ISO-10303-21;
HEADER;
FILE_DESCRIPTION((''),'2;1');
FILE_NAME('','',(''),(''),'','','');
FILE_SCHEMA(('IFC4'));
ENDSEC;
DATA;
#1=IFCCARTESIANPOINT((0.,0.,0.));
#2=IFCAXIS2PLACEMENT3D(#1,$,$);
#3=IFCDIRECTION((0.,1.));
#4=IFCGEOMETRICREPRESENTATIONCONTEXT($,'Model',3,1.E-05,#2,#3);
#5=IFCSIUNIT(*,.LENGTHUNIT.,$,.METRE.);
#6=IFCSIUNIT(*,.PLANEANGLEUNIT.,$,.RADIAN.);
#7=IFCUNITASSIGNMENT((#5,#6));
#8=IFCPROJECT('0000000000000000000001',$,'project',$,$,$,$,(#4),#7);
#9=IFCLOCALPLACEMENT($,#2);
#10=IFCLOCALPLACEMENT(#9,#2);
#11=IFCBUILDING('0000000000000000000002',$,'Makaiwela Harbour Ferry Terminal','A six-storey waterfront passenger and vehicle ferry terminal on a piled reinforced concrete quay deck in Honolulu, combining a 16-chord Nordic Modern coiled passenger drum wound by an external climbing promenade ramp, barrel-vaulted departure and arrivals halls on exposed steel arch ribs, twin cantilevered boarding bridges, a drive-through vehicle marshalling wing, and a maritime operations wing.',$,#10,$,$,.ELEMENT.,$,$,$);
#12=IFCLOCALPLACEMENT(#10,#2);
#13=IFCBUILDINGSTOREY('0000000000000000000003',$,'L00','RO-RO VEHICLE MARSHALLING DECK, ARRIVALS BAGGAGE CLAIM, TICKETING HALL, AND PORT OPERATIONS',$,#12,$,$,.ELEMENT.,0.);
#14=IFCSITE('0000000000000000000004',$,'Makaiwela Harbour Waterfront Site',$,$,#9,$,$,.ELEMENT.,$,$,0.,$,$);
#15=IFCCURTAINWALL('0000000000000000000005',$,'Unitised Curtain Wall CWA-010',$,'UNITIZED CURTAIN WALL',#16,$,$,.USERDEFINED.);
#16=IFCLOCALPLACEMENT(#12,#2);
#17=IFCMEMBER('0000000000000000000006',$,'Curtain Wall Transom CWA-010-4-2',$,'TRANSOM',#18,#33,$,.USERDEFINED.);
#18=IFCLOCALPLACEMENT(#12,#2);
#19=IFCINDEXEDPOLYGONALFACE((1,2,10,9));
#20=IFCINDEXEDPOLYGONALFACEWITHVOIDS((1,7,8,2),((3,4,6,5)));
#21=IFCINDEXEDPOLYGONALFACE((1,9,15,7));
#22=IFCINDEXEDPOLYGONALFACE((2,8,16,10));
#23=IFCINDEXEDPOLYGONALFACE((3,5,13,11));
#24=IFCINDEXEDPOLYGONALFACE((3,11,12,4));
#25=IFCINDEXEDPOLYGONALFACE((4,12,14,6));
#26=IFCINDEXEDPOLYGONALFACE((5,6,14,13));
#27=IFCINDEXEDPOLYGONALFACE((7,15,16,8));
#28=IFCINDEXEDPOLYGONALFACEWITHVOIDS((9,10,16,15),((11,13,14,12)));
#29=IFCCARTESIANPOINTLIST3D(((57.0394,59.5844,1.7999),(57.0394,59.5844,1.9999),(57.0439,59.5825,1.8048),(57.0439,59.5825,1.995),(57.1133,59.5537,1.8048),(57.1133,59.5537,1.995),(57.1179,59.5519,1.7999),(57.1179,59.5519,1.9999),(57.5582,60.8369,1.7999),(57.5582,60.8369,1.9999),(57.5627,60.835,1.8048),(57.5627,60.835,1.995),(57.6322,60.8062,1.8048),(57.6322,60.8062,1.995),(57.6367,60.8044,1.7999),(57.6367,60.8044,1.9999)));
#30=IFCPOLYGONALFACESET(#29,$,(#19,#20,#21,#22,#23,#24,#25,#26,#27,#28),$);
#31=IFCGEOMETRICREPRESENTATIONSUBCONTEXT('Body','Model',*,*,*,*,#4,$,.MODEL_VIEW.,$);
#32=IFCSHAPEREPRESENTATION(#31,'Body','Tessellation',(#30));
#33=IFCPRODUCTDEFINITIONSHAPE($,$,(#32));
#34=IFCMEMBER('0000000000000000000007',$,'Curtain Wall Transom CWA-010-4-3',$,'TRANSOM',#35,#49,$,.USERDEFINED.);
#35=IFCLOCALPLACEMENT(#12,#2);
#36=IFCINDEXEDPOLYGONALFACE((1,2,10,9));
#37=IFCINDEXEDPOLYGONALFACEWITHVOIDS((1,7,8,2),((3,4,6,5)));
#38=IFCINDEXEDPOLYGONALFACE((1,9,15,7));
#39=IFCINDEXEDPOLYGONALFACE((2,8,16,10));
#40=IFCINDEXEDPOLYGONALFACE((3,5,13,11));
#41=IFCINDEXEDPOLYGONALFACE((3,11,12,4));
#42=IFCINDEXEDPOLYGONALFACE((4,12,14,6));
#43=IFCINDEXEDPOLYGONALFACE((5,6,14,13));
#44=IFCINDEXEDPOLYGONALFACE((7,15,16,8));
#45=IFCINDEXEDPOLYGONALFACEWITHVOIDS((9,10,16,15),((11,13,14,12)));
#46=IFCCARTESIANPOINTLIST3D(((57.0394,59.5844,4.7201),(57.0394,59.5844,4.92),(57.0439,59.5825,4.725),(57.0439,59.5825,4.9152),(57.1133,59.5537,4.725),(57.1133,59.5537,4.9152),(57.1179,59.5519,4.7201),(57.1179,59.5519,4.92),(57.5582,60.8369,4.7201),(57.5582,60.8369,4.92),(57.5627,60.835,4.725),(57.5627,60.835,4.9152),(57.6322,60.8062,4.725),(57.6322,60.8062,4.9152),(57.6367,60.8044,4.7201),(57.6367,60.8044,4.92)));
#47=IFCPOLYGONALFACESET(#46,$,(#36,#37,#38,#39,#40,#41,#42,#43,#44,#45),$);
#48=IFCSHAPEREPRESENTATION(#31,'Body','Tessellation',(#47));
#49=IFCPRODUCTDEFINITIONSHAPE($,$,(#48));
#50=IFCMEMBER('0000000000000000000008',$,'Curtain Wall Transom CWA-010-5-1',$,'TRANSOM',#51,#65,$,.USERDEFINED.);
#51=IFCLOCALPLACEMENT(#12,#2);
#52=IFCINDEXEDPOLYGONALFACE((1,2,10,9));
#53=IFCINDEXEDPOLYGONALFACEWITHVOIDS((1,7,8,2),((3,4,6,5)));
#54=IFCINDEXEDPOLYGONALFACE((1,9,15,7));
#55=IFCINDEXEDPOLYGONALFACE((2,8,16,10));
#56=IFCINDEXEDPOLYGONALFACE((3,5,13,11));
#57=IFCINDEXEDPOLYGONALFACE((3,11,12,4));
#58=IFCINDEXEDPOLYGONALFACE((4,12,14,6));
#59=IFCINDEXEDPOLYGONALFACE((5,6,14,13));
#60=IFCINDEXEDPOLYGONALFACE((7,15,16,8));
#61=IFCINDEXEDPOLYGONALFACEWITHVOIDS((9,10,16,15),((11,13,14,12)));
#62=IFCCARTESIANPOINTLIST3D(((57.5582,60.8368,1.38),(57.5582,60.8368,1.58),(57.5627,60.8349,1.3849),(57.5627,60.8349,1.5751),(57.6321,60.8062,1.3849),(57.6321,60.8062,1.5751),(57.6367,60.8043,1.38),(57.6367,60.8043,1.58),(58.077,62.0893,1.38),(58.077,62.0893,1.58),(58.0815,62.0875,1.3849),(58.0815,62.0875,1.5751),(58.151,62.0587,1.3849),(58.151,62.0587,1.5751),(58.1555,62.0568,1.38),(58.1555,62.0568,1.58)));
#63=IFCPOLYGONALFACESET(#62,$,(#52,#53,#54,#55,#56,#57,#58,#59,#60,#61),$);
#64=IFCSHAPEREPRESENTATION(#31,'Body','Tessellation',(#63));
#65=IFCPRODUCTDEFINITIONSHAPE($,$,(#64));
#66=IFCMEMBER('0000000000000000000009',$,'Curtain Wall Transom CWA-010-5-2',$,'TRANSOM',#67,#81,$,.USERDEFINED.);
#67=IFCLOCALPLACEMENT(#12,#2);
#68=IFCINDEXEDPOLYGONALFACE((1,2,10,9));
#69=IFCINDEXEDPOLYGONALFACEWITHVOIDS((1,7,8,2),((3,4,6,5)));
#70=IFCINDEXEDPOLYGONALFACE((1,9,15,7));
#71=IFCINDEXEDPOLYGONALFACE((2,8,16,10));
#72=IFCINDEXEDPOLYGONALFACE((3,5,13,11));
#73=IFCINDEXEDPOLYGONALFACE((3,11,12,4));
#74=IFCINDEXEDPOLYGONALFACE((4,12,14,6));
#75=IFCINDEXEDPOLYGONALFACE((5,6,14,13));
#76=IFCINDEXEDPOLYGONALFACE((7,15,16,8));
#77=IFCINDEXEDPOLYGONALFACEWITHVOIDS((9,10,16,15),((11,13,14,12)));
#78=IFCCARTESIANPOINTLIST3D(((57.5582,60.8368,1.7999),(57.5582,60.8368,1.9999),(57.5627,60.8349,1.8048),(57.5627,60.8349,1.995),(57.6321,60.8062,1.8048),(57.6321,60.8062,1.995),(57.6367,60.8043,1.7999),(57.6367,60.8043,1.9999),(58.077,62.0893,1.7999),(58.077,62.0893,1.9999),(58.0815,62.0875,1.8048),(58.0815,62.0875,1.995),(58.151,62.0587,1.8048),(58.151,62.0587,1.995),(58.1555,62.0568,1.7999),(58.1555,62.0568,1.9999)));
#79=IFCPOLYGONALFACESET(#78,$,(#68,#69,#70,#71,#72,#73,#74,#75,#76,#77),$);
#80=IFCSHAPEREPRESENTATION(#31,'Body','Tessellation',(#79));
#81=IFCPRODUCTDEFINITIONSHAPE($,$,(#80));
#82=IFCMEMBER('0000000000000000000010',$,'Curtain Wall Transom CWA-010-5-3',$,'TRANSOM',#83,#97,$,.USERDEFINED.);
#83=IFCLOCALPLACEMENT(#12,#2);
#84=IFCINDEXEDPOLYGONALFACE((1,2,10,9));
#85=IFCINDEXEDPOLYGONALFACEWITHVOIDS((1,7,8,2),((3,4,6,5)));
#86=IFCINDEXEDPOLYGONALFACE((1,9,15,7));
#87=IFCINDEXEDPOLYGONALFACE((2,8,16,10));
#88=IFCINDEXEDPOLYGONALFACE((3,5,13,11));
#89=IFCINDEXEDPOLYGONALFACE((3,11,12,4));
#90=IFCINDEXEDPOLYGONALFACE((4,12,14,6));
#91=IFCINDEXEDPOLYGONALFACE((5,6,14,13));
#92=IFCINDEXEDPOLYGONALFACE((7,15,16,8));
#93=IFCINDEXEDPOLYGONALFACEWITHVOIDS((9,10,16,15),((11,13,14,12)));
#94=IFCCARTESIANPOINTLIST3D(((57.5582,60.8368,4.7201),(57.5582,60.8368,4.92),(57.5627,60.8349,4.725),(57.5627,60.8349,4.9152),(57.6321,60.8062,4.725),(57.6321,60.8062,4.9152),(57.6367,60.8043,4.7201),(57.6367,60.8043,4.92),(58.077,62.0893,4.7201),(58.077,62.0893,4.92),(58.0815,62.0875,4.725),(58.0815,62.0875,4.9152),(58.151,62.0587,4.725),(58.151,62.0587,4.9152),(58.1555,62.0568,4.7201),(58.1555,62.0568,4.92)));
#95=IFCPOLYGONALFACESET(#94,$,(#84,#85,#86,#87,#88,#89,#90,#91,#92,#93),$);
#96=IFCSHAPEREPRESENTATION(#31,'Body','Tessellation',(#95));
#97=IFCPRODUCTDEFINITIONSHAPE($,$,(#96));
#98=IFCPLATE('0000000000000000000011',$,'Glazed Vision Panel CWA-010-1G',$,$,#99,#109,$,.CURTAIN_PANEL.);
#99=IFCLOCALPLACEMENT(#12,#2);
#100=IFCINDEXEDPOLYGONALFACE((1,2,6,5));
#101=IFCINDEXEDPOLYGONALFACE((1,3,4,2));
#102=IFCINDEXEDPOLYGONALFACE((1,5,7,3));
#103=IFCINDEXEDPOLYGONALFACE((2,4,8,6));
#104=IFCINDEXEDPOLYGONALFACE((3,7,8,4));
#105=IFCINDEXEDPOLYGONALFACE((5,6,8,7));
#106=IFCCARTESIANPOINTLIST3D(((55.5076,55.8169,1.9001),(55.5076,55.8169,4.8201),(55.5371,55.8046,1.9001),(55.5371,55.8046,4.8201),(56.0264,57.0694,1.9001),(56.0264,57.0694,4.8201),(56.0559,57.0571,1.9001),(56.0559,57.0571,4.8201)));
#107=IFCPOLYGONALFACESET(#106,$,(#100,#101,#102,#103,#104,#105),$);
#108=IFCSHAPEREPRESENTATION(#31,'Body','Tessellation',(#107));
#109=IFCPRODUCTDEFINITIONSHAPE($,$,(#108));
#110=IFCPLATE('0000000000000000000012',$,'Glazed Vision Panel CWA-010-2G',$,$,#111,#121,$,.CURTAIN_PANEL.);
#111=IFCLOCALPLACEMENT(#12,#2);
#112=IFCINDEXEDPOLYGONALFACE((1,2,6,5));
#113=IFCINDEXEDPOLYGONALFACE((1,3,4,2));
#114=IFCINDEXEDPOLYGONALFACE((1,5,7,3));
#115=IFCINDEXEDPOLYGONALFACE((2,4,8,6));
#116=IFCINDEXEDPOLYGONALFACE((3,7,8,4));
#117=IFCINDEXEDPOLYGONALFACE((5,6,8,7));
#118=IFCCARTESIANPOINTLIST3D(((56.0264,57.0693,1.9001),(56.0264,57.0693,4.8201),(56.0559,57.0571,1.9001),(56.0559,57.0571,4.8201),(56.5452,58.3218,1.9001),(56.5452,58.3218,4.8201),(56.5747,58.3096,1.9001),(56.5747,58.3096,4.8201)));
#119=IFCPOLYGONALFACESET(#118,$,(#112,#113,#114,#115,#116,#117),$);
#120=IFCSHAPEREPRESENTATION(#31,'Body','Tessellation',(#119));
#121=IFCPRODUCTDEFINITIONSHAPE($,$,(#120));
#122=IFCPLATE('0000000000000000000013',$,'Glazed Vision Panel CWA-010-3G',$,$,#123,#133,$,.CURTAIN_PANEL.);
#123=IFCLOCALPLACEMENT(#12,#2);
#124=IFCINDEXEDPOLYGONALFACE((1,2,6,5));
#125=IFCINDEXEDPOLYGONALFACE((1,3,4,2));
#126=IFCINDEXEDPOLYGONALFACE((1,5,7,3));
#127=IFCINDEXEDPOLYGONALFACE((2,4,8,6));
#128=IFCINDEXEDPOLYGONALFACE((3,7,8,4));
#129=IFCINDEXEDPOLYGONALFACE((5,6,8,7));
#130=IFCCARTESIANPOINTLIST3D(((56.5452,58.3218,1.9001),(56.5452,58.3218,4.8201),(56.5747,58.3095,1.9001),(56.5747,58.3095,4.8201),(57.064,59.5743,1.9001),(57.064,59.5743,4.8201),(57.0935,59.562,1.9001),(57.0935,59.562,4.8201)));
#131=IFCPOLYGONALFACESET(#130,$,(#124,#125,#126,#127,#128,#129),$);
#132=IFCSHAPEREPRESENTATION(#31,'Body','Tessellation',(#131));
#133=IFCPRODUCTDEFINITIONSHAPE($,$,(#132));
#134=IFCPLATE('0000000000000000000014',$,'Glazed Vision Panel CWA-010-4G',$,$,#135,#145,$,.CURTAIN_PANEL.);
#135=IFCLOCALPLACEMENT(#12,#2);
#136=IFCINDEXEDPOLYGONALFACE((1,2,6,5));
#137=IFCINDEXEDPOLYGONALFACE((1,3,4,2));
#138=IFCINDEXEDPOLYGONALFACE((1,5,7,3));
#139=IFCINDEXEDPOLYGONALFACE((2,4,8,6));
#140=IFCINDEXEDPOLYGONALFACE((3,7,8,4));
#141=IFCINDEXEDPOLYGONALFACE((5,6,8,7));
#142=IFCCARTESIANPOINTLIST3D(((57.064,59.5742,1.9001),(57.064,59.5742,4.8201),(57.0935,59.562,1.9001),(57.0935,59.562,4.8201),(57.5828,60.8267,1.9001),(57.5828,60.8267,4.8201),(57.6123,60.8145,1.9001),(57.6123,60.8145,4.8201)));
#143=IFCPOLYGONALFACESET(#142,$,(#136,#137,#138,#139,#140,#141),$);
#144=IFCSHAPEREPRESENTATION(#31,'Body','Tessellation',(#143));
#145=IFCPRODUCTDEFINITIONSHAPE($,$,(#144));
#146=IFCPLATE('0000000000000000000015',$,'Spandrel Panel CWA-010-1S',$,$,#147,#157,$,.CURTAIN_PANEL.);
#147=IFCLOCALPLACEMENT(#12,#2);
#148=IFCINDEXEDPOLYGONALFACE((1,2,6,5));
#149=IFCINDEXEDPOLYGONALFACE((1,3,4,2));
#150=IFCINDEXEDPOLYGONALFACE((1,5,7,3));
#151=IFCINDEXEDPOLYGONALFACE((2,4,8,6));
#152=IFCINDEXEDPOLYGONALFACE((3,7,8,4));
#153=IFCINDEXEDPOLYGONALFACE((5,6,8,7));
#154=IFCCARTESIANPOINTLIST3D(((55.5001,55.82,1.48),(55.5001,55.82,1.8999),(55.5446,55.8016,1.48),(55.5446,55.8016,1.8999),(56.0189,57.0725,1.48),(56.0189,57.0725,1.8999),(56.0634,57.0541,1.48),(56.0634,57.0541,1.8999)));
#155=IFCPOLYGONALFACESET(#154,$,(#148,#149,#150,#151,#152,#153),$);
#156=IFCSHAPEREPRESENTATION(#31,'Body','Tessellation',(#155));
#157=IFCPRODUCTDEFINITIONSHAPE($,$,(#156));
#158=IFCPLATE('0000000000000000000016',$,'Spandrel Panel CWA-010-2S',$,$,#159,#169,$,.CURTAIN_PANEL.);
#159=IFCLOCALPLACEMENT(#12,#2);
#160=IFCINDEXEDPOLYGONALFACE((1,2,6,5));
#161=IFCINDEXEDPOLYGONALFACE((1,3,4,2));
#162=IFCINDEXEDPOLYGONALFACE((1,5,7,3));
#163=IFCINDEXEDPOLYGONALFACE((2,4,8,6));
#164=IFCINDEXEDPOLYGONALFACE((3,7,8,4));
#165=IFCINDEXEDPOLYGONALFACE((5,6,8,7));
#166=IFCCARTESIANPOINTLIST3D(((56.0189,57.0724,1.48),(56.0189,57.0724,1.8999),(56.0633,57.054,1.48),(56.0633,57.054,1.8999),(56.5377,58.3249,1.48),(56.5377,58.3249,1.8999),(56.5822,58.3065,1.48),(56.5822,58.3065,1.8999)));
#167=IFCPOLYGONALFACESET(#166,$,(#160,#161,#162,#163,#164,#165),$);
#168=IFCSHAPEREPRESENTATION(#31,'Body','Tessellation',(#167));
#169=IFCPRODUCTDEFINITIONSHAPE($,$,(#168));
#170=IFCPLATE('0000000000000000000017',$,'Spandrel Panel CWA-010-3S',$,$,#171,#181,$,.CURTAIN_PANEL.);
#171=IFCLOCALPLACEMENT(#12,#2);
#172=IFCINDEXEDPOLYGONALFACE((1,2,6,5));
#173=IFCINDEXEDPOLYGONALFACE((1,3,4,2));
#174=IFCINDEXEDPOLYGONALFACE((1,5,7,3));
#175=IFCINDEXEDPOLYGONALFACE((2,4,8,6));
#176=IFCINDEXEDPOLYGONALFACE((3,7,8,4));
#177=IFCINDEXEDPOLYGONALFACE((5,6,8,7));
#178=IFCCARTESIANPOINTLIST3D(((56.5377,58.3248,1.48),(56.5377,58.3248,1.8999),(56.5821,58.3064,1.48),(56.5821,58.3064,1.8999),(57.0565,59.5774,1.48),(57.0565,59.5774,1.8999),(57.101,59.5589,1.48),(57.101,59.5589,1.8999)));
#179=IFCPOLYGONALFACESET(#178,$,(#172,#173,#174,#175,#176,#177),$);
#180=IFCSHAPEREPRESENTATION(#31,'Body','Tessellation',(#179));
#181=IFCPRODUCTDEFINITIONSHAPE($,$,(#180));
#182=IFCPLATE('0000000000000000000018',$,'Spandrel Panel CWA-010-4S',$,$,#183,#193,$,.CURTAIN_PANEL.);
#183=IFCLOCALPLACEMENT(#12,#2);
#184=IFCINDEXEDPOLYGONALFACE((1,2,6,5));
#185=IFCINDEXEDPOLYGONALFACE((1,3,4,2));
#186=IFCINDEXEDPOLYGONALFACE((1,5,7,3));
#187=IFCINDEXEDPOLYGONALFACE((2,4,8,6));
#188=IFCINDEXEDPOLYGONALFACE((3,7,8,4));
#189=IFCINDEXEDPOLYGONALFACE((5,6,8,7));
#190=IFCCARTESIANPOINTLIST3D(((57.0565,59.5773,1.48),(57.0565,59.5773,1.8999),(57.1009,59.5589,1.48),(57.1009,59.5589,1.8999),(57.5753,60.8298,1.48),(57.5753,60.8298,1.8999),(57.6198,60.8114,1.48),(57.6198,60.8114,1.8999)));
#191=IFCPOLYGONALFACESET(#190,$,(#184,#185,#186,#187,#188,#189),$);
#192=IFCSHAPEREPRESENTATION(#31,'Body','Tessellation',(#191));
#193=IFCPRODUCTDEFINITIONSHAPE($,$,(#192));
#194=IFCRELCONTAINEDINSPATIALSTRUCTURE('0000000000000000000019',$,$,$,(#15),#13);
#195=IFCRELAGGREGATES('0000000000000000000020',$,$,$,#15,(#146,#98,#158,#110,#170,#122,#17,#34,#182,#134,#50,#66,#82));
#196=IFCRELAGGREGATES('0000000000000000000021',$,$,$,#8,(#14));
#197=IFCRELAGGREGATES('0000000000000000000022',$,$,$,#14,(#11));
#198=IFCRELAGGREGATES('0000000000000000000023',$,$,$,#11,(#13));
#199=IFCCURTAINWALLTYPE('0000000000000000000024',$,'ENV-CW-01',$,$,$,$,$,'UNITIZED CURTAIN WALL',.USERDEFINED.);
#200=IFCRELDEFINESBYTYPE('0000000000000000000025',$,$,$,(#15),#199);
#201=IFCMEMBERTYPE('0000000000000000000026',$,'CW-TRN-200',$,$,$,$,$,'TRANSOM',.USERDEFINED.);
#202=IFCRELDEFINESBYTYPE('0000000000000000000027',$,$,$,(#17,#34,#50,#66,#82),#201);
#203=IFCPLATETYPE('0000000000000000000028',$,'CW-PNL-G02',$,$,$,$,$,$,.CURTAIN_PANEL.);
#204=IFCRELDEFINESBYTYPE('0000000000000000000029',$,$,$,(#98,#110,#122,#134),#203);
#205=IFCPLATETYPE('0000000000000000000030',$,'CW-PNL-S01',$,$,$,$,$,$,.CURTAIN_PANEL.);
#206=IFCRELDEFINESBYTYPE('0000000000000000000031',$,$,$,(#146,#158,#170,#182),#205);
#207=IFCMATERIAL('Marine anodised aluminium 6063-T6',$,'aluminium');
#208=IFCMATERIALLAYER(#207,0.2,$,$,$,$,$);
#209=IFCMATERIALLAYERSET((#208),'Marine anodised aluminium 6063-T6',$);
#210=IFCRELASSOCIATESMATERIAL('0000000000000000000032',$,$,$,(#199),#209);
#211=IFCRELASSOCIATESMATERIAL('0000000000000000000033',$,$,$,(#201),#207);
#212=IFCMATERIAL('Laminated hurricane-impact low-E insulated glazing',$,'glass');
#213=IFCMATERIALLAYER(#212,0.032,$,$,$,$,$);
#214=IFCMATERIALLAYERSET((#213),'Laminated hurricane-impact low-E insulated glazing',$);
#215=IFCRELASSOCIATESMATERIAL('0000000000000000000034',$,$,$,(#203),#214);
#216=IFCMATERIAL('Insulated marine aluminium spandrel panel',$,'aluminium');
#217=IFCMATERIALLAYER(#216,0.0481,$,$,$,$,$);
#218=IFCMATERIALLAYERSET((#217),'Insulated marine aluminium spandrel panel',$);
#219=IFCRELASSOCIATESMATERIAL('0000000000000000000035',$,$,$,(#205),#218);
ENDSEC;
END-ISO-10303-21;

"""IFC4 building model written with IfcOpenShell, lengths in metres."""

from ifc_helpers import new_model, si_unit, direction, frame, origin, origin_2d, place, context, subcontext, project, spatial, rectangle, hollow_rectangle, extrude, material, layer, layer_set, material_profile, profile_set, type_object, element, aggregate, save


model = new_model("IFC4")

# Units and contexts
model_context = context("Model", 3, precision=1e-05, world=origin(), true_north=direction((0.0, 1.0)))
body_context = subcontext(model_context, "Body", "Model", "MODEL_VIEW")
ifc_project = project(units=[si_unit("LENGTHUNIT", "METRE"), si_unit("PLANEANGLEUNIT", "RADIAN")], contexts=[model_context])

# Site, building, storey
site_placement = place(None, origin())
site = spatial("IfcSite", under=ifc_project, at=site_placement, Name="Makaiwela Harbour Waterfront Site", CompositionType="ELEMENT", RefElevation=0.0)
building_placement = place(site_placement, origin())
building = spatial("IfcBuilding", under=site, at=building_placement, Name="Makaiwela Harbour Ferry Terminal", Description="A six-storey waterfront passenger and vehicle ferry terminal on a piled reinforced concrete quay deck in Honolulu, combining a 16-chord Nordic Modern coiled passenger drum wound by an external climbing promenade ramp, barrel-vaulted departure and arrivals halls on exposed steel arch ribs, twin cantilevered boarding bridges, a drive-through vehicle marshalling wing, and a maritime operations wing.", CompositionType="ELEMENT")
storey_placement = place(building_placement, origin())
storey = spatial("IfcBuildingStorey", under=building, at=storey_placement, Name="L00", Description="RO-RO VEHICLE MARSHALLING DECK, ARRIVALS BAGGAGE CLAIM, TICKETING HALL, AND PORT OPERATIONS", CompositionType="ELEMENT", Elevation=0.0)

# Curtain wall, members, plates
ifc_material_1 = material(Name="Marine anodised aluminium 6063-T6", Category="aluminium")
ifc_layer_1 = layer(ifc_material_1, 0.2)
ifc_layer_set_1 = layer_set([ifc_layer_1], Name="Marine anodised aluminium 6063-T6")
curtain_wall_type = type_object("IfcCurtainWallType", Name="ENV-CW-01", ElementType="UNITIZED CURTAIN WALL", PredefinedType="USERDEFINED", material=ifc_layer_set_1)
curtain_wall_placement = place(storey_placement, origin())
curtain_wall = element("IfcCurtainWall", 1, at=curtain_wall_placement, inside=storey, type_object=curtain_wall_type, Name="Unitised Curtain Wall CWA-010", ObjectType="UNITIZED CURTAIN WALL", PredefinedType="USERDEFINED")
ifc_material_profile_1 = material_profile(ifc_material_1, hollow_rectangle(XDim=0.085, YDim=0.2, WallThickness=0.0049, at=origin_2d()), Name="CWT-200X85")
ifc_profile_set_1 = profile_set([ifc_material_profile_1], Name="Marine anodised aluminium 6063-T6")
member_type_1 = type_object("IfcMemberType", Name="CW-TRN-200", ElementType="TRANSOM", PredefinedType="USERDEFINED", material=ifc_profile_set_1)
member_1_placement = place(storey_placement, frame((57.0786, 59.5681, 1.8999), z_axis=(0.382696, 0.923874, 0.0), x_axis=(-0.923874, 0.382696, 0.0)))
member_1 = element("IfcMember", 2, at=member_1_placement, type_object=member_type_1, Name="Curtain Wall Transom CWA-010-4-2", ObjectType="TRANSOM", PredefinedType="USERDEFINED", context=body_context, shape_type="SweptSolid", body=[
    extrude(hollow_rectangle(XDim=0.085, YDim=0.2, WallThickness=0.0049, at=origin_2d()), origin(), (0.0, 0.0, 1.0), 1.3557),
])
member_2_placement = place(storey_placement, frame((57.0786, 59.5681, 4.8201), z_axis=(0.382696, 0.923874, 0.0), x_axis=(-0.923874, 0.382696, 0.0)))
member_2 = element("IfcMember", 3, at=member_2_placement, type_object=member_type_1, Name="Curtain Wall Transom CWA-010-4-3", ObjectType="TRANSOM", PredefinedType="USERDEFINED", context=body_context, shape_type="SweptSolid", body=[
    extrude(hollow_rectangle(XDim=0.085, YDim=0.2, WallThickness=0.0049, at=origin_2d()), origin(), (0.0, 0.0, 1.0), 1.3557),
])
member_3_placement = place(storey_placement, frame((57.5974, 60.8206, 1.48), z_axis=(0.382696, 0.923874, 0.0), x_axis=(-0.923874, 0.382696, 0.0)))
member_3 = element("IfcMember", 4, at=member_3_placement, type_object=member_type_1, Name="Curtain Wall Transom CWA-010-5-1", ObjectType="TRANSOM", PredefinedType="USERDEFINED", context=body_context, shape_type="SweptSolid", body=[
    extrude(hollow_rectangle(XDim=0.085, YDim=0.2, WallThickness=0.0049, at=origin_2d()), origin(), (0.0, 0.0, 1.0), 1.3557),
])
member_4_placement = place(storey_placement, frame((57.5974, 60.8206, 1.8999), z_axis=(0.382696, 0.923874, 0.0), x_axis=(-0.923874, 0.382696, 0.0)))
member_4 = element("IfcMember", 5, at=member_4_placement, type_object=member_type_1, Name="Curtain Wall Transom CWA-010-5-2", ObjectType="TRANSOM", PredefinedType="USERDEFINED", context=body_context, shape_type="SweptSolid", body=[
    extrude(hollow_rectangle(XDim=0.085, YDim=0.2, WallThickness=0.0049, at=origin_2d()), origin(), (0.0, 0.0, 1.0), 1.3557),
])
member_5_placement = place(storey_placement, frame((57.5974, 60.8206, 4.8201), z_axis=(0.382696, 0.923874, 0.0), x_axis=(-0.923874, 0.382696, 0.0)))
member_5 = element("IfcMember", 6, at=member_5_placement, type_object=member_type_1, Name="Curtain Wall Transom CWA-010-5-3", ObjectType="TRANSOM", PredefinedType="USERDEFINED", context=body_context, shape_type="SweptSolid", body=[
    extrude(hollow_rectangle(XDim=0.085, YDim=0.2, WallThickness=0.0049, at=origin_2d()), origin(), (0.0, 0.0, 1.0), 1.3557),
])
ifc_material_2 = material(Name="Laminated hurricane-impact low-E insulated glazing", Category="glass")
ifc_layer_2 = layer(ifc_material_2, 0.032)
ifc_layer_set_2 = layer_set([ifc_layer_2], Name="Laminated hurricane-impact low-E insulated glazing")
plate_type_1 = type_object("IfcPlateType", Name="CW-PNL-G02", PredefinedType="CURTAIN_PANEL", material=ifc_layer_set_2)
plate_1_placement = place(storey_placement, frame((55.7817, 56.437, 1.9001), z_axis=(0.0, 0.0, 1.0), x_axis=(0.382683, 0.92388, 0.0)))
plate_1 = element("IfcPlate", 7, at=plate_1_placement, type_object=plate_type_1, Name="Glazed Vision Panel CWA-010-1G", PredefinedType="CURTAIN_PANEL", context=body_context, shape_type="SweptSolid", body=[
    extrude(rectangle(XDim=1.3557, YDim=0.032, at=origin_2d()), origin(), (0.0, 0.0, 1.0), 2.9199),
])
plate_2_placement = place(storey_placement, frame((56.3005, 57.6895, 1.9001), z_axis=(0.0, 0.0, 1.0), x_axis=(0.382683, 0.92388, 0.0)))
plate_2 = element("IfcPlate", 8, at=plate_2_placement, type_object=plate_type_1, Name="Glazed Vision Panel CWA-010-2G", PredefinedType="CURTAIN_PANEL", context=body_context, shape_type="SweptSolid", body=[
    extrude(rectangle(XDim=1.3557, YDim=0.032, at=origin_2d()), origin(), (0.0, 0.0, 1.0), 2.9199),
])
plate_3_placement = place(storey_placement, frame((56.8193, 58.9419, 1.9001), z_axis=(0.0, 0.0, 1.0), x_axis=(0.382683, 0.92388, 0.0)))
plate_3 = element("IfcPlate", 9, at=plate_3_placement, type_object=plate_type_1, Name="Glazed Vision Panel CWA-010-3G", PredefinedType="CURTAIN_PANEL", context=body_context, shape_type="SweptSolid", body=[
    extrude(rectangle(XDim=1.3557, YDim=0.032, at=origin_2d()), origin(), (0.0, 0.0, 1.0), 2.9199),
])
plate_4_placement = place(storey_placement, frame((57.3381, 60.1943, 1.9001), z_axis=(0.0, 0.0, 1.0), x_axis=(0.382683, 0.92388, 0.0)))
plate_4 = element("IfcPlate", 10, at=plate_4_placement, type_object=plate_type_1, Name="Glazed Vision Panel CWA-010-4G", PredefinedType="CURTAIN_PANEL", context=body_context, shape_type="SweptSolid", body=[
    extrude(rectangle(XDim=1.3557, YDim=0.032, at=origin_2d()), origin(), (0.0, 0.0, 1.0), 2.9199),
])
ifc_material_3 = material(Name="Insulated marine aluminium spandrel panel", Category="aluminium")
ifc_layer_3 = layer(ifc_material_3, 0.0481)
ifc_layer_set_3 = layer_set([ifc_layer_3], Name="Insulated marine aluminium spandrel panel")
plate_type_2 = type_object("IfcPlateType", Name="CW-PNL-S01", PredefinedType="CURTAIN_PANEL", material=ifc_layer_set_3)
plate_5_placement = place(storey_placement, frame((55.7817, 56.437, 1.48), z_axis=(0.0, 0.0, 1.0), x_axis=(0.382683, 0.92388, 0.0)))
plate_5 = element("IfcPlate", 11, at=plate_5_placement, type_object=plate_type_2, Name="Spandrel Panel CWA-010-1S", PredefinedType="CURTAIN_PANEL", context=body_context, shape_type="SweptSolid", body=[
    extrude(rectangle(XDim=1.3557, YDim=0.0481, at=origin_2d()), origin(), (0.0, 0.0, 1.0), 0.4199),
])
plate_6_placement = place(storey_placement, frame((56.3005, 57.6895, 1.48), z_axis=(0.0, 0.0, 1.0), x_axis=(0.382683, 0.92388, 0.0)))
plate_6 = element("IfcPlate", 12, at=plate_6_placement, type_object=plate_type_2, Name="Spandrel Panel CWA-010-2S", PredefinedType="CURTAIN_PANEL", context=body_context, shape_type="SweptSolid", body=[
    extrude(rectangle(XDim=1.3557, YDim=0.0481, at=origin_2d()), origin(), (0.0, 0.0, 1.0), 0.4199),
])
plate_7_placement = place(storey_placement, frame((56.8193, 58.9419, 1.48), z_axis=(0.0, 0.0, 1.0), x_axis=(0.382683, 0.92388, 0.0)))
plate_7 = element("IfcPlate", 13, at=plate_7_placement, type_object=plate_type_2, Name="Spandrel Panel CWA-010-3S", PredefinedType="CURTAIN_PANEL", context=body_context, shape_type="SweptSolid", body=[
    extrude(rectangle(XDim=1.3557, YDim=0.0481, at=origin_2d()), origin(), (0.0, 0.0, 1.0), 0.4199),
])
plate_8_placement = place(storey_placement, frame((57.3381, 60.1943, 1.48), z_axis=(0.0, 0.0, 1.0), x_axis=(0.382683, 0.92388, 0.0)))
plate_8 = element("IfcPlate", 14, at=plate_8_placement, type_object=plate_type_2, Name="Spandrel Panel CWA-010-4S", PredefinedType="CURTAIN_PANEL", context=body_context, shape_type="SweptSolid", body=[
    extrude(rectangle(XDim=1.3557, YDim=0.0481, at=origin_2d()), origin(), (0.0, 0.0, 1.0), 0.4199),
])
aggregate(curtain_wall, [plate_5, plate_1, plate_6, plate_2, plate_7, plate_3, member_1, member_2, plate_8, plate_4, member_3, member_4, member_5])

save(model, "model.ifc")
